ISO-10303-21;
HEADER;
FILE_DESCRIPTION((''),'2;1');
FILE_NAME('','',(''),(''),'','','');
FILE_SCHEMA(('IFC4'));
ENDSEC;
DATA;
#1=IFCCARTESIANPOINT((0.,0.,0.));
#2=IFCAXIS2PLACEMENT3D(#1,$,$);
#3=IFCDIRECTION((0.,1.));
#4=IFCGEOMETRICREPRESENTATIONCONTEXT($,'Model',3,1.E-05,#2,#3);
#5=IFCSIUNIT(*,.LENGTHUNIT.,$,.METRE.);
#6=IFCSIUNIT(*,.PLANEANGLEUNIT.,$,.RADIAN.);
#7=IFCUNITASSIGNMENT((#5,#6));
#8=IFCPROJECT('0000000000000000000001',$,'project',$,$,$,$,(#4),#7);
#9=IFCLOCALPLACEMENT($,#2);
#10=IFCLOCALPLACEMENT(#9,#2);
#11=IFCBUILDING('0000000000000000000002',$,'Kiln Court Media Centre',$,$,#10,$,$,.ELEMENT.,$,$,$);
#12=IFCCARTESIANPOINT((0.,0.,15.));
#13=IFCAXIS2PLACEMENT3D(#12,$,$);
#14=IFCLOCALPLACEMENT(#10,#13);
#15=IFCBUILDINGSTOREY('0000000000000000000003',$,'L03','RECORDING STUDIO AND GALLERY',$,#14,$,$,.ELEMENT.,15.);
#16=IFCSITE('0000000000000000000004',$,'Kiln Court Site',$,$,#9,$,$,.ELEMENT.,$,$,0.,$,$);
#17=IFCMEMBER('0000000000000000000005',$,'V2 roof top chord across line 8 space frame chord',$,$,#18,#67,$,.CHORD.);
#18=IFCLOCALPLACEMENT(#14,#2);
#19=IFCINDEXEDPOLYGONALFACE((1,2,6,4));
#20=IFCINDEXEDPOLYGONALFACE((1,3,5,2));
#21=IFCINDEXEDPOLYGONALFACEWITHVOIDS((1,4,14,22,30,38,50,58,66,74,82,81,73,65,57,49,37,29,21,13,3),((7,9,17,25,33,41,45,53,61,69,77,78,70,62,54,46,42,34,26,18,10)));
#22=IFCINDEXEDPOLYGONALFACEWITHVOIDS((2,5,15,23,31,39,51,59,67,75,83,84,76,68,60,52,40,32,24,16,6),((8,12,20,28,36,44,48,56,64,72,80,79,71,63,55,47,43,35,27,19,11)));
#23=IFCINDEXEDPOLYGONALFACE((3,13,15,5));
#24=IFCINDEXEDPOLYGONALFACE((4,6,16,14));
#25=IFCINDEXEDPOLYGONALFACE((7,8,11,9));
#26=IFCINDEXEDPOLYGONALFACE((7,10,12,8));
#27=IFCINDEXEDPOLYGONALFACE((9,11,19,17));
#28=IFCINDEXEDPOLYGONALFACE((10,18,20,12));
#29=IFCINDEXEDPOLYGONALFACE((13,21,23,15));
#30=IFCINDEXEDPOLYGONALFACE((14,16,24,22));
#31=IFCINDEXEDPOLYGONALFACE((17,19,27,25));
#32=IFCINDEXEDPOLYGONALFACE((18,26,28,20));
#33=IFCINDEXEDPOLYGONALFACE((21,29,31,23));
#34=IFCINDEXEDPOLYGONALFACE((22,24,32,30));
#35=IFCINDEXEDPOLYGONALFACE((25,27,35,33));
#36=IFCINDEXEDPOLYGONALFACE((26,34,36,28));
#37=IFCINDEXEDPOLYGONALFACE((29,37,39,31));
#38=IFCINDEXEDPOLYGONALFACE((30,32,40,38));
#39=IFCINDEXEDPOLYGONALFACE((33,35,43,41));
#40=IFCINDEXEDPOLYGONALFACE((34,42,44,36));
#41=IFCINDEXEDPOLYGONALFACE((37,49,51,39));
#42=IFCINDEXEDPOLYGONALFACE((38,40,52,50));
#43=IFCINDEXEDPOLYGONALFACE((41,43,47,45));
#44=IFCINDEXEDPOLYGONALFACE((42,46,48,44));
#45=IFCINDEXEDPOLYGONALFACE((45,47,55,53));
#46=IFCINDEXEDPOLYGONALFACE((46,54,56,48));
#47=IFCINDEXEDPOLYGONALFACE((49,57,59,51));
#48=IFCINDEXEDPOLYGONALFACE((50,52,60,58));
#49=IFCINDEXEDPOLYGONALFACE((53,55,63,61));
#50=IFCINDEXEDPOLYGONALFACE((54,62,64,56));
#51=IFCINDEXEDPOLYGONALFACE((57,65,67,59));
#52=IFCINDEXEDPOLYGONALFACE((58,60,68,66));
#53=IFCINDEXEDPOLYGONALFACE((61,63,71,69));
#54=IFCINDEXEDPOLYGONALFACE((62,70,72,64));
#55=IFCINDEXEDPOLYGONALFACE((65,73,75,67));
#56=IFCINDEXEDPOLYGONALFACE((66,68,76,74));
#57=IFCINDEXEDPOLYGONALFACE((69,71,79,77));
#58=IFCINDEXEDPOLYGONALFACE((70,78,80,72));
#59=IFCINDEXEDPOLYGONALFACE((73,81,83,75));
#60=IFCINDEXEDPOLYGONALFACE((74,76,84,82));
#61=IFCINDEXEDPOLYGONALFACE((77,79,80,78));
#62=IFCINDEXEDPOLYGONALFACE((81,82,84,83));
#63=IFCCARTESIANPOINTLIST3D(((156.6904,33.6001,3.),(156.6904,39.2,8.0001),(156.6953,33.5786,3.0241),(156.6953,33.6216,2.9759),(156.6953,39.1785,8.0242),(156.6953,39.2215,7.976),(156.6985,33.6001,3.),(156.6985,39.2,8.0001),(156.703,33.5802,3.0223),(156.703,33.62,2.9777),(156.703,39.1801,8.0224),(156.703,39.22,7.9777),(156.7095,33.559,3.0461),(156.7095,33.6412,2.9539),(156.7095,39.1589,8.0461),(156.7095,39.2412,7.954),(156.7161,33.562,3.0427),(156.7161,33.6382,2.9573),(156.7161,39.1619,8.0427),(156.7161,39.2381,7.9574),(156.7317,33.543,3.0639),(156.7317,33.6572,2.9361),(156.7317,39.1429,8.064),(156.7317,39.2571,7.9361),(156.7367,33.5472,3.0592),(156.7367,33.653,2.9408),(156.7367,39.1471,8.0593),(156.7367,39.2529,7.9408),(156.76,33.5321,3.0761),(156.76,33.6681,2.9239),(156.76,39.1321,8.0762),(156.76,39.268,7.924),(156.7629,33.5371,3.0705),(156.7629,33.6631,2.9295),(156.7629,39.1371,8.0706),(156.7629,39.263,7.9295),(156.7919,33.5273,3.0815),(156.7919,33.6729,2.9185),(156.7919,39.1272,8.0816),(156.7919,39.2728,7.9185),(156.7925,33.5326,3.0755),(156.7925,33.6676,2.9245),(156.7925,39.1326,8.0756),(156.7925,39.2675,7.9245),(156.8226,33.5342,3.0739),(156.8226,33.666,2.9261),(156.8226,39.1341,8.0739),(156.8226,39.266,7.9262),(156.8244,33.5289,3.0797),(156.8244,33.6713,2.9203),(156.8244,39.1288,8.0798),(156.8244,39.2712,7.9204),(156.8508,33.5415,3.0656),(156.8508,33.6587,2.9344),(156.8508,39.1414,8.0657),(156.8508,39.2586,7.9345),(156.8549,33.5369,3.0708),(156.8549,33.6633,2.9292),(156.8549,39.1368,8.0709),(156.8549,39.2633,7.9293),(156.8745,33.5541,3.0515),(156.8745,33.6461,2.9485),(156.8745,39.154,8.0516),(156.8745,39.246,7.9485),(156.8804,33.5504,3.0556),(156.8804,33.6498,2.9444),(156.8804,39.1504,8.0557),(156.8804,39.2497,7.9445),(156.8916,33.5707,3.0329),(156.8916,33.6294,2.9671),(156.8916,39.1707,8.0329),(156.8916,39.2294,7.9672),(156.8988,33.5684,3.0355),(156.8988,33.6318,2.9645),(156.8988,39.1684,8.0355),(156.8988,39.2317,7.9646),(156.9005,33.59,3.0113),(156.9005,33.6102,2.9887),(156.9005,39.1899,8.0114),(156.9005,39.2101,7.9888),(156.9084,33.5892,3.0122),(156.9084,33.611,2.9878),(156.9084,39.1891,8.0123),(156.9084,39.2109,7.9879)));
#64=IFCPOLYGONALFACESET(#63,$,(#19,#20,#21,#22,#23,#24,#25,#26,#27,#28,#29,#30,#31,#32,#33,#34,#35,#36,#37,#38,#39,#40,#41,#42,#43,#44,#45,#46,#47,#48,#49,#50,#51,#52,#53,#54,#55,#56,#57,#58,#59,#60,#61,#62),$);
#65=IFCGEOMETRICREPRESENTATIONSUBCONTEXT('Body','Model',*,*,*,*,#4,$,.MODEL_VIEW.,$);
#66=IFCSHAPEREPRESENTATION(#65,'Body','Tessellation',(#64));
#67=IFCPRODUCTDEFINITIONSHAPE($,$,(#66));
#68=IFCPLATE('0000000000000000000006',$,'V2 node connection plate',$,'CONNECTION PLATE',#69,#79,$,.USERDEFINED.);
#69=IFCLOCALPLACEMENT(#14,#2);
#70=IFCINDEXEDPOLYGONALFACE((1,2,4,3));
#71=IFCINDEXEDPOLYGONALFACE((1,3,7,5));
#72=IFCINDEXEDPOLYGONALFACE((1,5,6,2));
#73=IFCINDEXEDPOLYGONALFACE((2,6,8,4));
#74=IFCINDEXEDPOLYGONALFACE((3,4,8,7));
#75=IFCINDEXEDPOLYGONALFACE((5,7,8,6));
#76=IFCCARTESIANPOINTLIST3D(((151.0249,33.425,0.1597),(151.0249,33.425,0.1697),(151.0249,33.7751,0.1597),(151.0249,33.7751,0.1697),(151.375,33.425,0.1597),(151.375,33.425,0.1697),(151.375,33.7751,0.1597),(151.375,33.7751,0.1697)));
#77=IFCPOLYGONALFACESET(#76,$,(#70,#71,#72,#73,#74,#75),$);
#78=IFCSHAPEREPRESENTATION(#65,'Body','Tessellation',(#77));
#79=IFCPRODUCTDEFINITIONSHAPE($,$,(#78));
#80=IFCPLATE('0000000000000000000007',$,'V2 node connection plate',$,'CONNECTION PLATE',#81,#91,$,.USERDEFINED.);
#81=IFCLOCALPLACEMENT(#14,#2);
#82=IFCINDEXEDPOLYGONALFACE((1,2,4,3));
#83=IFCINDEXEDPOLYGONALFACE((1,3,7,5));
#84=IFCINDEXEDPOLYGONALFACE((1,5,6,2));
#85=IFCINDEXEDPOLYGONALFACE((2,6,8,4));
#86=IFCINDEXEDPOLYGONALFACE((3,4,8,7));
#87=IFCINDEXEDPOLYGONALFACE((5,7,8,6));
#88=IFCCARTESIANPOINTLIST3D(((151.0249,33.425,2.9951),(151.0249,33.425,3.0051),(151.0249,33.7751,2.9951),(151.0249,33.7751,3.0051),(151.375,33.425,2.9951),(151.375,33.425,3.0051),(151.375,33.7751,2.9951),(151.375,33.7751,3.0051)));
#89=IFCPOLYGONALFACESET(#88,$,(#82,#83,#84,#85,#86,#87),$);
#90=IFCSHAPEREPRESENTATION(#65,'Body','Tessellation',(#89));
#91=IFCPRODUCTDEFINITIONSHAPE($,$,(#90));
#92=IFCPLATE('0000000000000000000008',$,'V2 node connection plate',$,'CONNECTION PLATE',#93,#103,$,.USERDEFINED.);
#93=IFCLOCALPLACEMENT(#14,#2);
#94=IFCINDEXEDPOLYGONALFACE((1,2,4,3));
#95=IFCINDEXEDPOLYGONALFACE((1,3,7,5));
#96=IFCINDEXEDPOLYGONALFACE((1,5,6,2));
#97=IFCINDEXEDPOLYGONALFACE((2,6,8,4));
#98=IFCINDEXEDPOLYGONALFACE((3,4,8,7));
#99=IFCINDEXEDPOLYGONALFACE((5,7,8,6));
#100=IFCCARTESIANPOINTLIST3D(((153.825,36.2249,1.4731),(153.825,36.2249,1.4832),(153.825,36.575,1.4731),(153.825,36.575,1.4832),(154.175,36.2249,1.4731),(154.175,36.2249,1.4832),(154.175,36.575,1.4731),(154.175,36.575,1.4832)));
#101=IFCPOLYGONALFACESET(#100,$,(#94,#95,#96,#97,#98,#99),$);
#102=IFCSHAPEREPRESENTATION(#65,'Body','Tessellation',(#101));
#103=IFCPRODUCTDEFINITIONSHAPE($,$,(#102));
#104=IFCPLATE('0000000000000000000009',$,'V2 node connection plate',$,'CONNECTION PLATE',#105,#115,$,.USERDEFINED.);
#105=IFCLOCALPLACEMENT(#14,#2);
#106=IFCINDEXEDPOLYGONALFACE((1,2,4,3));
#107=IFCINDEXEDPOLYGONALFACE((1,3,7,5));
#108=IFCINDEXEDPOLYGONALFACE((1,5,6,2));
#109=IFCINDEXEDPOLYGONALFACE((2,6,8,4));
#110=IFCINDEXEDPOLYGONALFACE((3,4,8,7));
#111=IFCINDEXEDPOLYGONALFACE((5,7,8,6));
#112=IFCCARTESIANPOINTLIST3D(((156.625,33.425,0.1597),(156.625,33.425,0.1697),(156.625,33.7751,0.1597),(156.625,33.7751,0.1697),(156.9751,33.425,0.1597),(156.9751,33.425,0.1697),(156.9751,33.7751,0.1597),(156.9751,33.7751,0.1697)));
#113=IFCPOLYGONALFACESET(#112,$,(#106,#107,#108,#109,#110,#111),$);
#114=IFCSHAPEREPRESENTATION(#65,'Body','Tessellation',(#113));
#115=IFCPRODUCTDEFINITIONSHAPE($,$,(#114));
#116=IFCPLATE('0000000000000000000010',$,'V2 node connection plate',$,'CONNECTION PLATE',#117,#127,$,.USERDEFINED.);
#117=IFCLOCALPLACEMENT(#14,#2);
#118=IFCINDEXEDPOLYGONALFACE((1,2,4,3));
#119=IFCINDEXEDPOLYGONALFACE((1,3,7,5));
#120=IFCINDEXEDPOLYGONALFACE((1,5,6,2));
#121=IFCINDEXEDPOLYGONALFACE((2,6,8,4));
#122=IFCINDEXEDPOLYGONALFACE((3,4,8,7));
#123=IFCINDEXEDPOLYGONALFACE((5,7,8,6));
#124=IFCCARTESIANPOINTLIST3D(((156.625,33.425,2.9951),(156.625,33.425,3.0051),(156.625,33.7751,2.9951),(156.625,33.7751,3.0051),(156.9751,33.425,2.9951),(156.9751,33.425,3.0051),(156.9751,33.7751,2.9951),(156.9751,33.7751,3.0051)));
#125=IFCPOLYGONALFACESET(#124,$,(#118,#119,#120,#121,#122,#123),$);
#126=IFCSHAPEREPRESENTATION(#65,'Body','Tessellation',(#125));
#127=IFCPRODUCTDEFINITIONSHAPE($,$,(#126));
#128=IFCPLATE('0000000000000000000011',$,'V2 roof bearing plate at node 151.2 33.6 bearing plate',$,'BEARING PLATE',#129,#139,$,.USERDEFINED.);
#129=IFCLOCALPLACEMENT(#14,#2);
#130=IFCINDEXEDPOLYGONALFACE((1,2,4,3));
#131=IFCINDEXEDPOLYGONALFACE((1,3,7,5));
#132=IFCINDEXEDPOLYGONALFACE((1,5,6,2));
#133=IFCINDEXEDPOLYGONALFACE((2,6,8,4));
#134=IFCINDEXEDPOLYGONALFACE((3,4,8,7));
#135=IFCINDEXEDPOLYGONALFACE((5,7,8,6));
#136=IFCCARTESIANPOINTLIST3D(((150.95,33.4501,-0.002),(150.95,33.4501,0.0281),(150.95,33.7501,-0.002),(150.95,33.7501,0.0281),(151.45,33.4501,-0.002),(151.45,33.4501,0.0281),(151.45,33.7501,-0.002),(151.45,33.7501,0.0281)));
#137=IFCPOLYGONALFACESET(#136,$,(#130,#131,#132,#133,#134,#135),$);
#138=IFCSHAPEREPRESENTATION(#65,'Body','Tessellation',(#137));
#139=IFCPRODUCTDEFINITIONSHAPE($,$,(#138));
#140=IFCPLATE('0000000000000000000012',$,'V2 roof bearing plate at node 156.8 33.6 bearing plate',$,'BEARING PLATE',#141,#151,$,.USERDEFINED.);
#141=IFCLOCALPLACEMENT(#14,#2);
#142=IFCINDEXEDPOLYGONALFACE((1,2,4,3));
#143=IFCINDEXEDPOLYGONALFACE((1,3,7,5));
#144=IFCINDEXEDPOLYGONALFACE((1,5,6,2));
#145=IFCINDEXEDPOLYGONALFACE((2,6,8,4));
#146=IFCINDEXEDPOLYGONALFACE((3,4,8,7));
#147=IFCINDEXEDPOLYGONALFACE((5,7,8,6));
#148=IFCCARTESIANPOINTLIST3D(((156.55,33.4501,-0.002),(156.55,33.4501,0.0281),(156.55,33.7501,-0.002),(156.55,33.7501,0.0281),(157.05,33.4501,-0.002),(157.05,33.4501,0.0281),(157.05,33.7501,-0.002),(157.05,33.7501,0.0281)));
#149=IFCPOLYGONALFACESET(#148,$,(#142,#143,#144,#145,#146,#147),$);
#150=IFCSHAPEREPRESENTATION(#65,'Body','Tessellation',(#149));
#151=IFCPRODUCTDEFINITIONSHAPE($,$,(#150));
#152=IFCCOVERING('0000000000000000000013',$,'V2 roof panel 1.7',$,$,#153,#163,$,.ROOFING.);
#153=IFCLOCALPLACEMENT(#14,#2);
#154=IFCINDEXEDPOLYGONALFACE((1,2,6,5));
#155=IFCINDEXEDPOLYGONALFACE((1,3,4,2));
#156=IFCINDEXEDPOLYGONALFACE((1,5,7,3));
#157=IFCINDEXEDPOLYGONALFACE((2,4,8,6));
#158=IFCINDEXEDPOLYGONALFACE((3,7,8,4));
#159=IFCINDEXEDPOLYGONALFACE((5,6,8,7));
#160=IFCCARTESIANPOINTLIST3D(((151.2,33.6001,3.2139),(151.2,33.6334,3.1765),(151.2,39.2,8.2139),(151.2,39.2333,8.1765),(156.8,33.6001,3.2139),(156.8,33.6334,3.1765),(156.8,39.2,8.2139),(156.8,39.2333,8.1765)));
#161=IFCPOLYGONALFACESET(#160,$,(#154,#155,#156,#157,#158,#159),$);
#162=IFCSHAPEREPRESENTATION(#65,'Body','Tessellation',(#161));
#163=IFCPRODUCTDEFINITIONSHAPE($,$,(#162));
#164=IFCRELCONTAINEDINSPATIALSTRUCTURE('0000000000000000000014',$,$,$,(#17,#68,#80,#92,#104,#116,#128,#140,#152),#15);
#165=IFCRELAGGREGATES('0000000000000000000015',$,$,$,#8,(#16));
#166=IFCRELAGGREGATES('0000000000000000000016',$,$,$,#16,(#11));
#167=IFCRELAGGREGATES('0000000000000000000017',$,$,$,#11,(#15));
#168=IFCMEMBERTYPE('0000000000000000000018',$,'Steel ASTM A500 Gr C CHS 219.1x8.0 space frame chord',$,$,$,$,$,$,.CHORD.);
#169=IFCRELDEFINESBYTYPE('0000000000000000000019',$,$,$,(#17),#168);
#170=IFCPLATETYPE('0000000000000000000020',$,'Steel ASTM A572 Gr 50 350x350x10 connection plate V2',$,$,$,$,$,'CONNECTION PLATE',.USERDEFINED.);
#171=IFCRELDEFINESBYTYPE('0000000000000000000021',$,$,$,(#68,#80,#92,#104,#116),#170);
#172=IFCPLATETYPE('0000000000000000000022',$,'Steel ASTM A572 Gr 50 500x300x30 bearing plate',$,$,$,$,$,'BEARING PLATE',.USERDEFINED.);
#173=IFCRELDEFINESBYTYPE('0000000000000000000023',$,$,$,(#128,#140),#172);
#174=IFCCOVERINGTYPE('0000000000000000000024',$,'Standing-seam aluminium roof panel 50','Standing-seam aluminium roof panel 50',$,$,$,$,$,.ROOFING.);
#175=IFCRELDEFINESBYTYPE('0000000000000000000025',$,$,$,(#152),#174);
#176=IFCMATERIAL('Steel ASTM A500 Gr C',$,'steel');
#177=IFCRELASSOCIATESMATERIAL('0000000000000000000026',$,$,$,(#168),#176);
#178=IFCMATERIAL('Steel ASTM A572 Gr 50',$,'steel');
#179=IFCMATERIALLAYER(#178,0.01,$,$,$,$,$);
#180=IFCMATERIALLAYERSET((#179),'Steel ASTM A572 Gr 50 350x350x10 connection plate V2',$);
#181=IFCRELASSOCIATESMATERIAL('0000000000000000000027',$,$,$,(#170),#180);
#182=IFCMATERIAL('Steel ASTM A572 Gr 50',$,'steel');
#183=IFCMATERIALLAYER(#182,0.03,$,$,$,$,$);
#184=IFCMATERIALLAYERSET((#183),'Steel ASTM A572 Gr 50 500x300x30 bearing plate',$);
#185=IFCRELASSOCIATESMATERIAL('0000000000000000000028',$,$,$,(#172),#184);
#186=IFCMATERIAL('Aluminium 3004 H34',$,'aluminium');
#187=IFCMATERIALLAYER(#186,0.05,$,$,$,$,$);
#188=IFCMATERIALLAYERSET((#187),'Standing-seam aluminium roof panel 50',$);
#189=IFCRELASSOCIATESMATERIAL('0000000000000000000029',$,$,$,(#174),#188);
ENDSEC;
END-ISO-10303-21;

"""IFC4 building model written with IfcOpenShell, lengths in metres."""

from ifc_helpers import new_model, si_unit, direction, frame, origin, origin_2d, place, context, subcontext, project, spatial, polyline, rectangle, hollow_circle, outline, extrude, material, layer, layer_set, material_profile, profile_set, type_object, element, save


model = new_model("IFC4")

# Units and contexts
model_context = context("Model", 3, precision=1e-05, world=origin(), true_north=direction((0.0, 1.0)))
body_context = subcontext(model_context, "Body", "Model", "MODEL_VIEW")
ifc_project = project(units=[si_unit("LENGTHUNIT", "METRE"), si_unit("PLANEANGLEUNIT", "RADIAN")], contexts=[model_context])

# Site, building, storey
site_placement = place(None, origin())
site = spatial("IfcSite", under=ifc_project, at=site_placement, Name="Kiln Court Site", CompositionType="ELEMENT", RefElevation=0.0)
building_placement = place(site_placement, origin())
building = spatial("IfcBuilding", under=site, at=building_placement, Name="Kiln Court Media Centre", CompositionType="ELEMENT")
storey_placement = place(building_placement, frame((0.0, 0.0, 15.0)))
storey = spatial("IfcBuildingStorey", under=building, at=storey_placement, Name="L03", Description="RECORDING STUDIO AND GALLERY", CompositionType="ELEMENT", Elevation=15.0)

# Member
ifc_material_1 = material(Name="Steel ASTM A500 Gr C", Category="steel")
ifc_material_profile_1 = material_profile(ifc_material_1, hollow_circle(Radius=0.1096, WallThickness=0.0081, at=origin_2d()), Name="CHS 219.1x8.0")
ifc_profile_set_1 = profile_set([ifc_material_profile_1], Name="Steel ASTM A500 Gr C")
member_type_1 = type_object("IfcMemberType", Name="Steel ASTM A500 Gr C CHS 219.1x8.0 space frame chord", PredefinedType="CHORD", material=ifc_profile_set_1)
for number, where, z_axis, x_axis, name in (
    (1, (156.8, 33.6001, 3.0), (0.0, 0.745929, 0.666025), (-1.0, 0.0, 0.0), "V2 roof top chord across line 8 space frame chord"),
):
    element("IfcMember", number, at=place(storey_placement, frame(where, z_axis=z_axis, x_axis=x_axis)), inside=storey, type_object=member_type_1, Name=name, PredefinedType="CHORD", context=body_context, shape_type="SweptSolid", body=[
        extrude(hollow_circle(Radius=0.1096, WallThickness=0.0081, at=origin_2d()), origin(), (0.0, 0.0, 1.0), 7.5073),
    ])

# Plates
ifc_material_2 = material(Name="Steel ASTM A572 Gr 50", Category="steel")
ifc_layer_1 = layer(ifc_material_2, 0.01)
ifc_layer_set_1 = layer_set([ifc_layer_1], Name="Steel ASTM A572 Gr 50 350x350x10 connection plate V2")
plate_type_1 = type_object("IfcPlateType", Name="Steel ASTM A572 Gr 50 350x350x10 connection plate V2", ElementType="CONNECTION PLATE", PredefinedType="USERDEFINED", material=ifc_layer_set_1)
for number, where, z_axis, x_axis, name in (
    (2, (151.2, 33.6001, 0.1597), (0.0, 0.0, 1.0), (1.0, 0.0, 0.0), "V2 node connection plate"),
    (3, (151.2, 33.6001, 2.9951), (0.0, 0.0, 1.0), (1.0, 0.0, 0.0), "V2 node connection plate"),
    (4, (154.0, 36.3999, 1.4731), (0.0, 0.0, 1.0), (1.0, 0.0, 0.0), "V2 node connection plate"),
    (5, (156.8, 33.6001, 0.1597), (0.0, 0.0, 1.0), (1.0, 0.0, 0.0), "V2 node connection plate"),
    (6, (156.8, 33.6001, 2.9951), (0.0, 0.0, 1.0), (1.0, 0.0, 0.0), "V2 node connection plate"),
):
    element("IfcPlate", number, at=place(storey_placement, frame(where, z_axis=z_axis, x_axis=x_axis)), inside=storey, type_object=plate_type_1, Name=name, ObjectType="CONNECTION PLATE", PredefinedType="USERDEFINED", context=body_context, shape_type="SweptSolid", body=[
        extrude(rectangle(XDim=0.3501, YDim=0.3501, at=origin_2d()), origin(), (0.0, 0.0, 1.0), 0.01),
    ])
ifc_material_3 = material(Name="Steel ASTM A572 Gr 50", Category="steel")
ifc_layer_2 = layer(ifc_material_3, 0.03)
ifc_layer_set_2 = layer_set([ifc_layer_2], Name="Steel ASTM A572 Gr 50 500x300x30 bearing plate")
plate_type_2 = type_object("IfcPlateType", Name="Steel ASTM A572 Gr 50 500x300x30 bearing plate", ElementType="BEARING PLATE", PredefinedType="USERDEFINED", material=ifc_layer_set_2)
for number, where, z_axis, x_axis, name in (
    (7, (151.2, 33.6001, -0.002), (0.0, 0.0, 1.0), (1.0, 0.0, 0.0), "V2 roof bearing plate at node 151.2 33.6 bearing plate"),
    (8, (156.8, 33.6001, -0.002), (0.0, 0.0, 1.0), (1.0, 0.0, 0.0), "V2 roof bearing plate at node 156.8 33.6 bearing plate"),
):
    element("IfcPlate", number, at=place(storey_placement, frame(where, z_axis=z_axis, x_axis=x_axis)), inside=storey, type_object=plate_type_2, Name=name, ObjectType="BEARING PLATE", PredefinedType="USERDEFINED", context=body_context, shape_type="SweptSolid", body=[
        extrude(rectangle(XDim=0.5, YDim=0.3, at=origin_2d()), origin(), (0.0, 0.0, 1.0), 0.03),
    ])

# Covering
ifc_material_4 = material(Name="Aluminium 3004 H34", Category="aluminium")
ifc_layer_3 = layer(ifc_material_4, 0.05)
ifc_layer_set_3 = layer_set([ifc_layer_3], Name="Standing-seam aluminium roof panel 50")
covering_type = type_object("IfcCoveringType", Name="Standing-seam aluminium roof panel 50", Description="Standing-seam aluminium roof panel 50", PredefinedType="ROOFING", material=ifc_layer_set_3)
covering_placement = place(storey_placement, frame((151.2, 33.6001, 3.2139), z_axis=(0.0, -0.666025, 0.745929), x_axis=(0.0, 0.745929, 0.666025)))
element("IfcCovering", 9, at=covering_placement, inside=storey, type_object=covering_type, Name="V2 roof panel 1.7", PredefinedType="ROOFING", context=body_context, shape_type="SweptSolid", body=[
    extrude(outline(polyline([(0.0, 0.0), (7.5072, 0.0), (7.5072, -5.6001), (0.0, -5.6001), (0.0, 0.0)])), origin(), (0.0, 0.0, -1.0), 0.05),
])

save(model, "model.ifc")
